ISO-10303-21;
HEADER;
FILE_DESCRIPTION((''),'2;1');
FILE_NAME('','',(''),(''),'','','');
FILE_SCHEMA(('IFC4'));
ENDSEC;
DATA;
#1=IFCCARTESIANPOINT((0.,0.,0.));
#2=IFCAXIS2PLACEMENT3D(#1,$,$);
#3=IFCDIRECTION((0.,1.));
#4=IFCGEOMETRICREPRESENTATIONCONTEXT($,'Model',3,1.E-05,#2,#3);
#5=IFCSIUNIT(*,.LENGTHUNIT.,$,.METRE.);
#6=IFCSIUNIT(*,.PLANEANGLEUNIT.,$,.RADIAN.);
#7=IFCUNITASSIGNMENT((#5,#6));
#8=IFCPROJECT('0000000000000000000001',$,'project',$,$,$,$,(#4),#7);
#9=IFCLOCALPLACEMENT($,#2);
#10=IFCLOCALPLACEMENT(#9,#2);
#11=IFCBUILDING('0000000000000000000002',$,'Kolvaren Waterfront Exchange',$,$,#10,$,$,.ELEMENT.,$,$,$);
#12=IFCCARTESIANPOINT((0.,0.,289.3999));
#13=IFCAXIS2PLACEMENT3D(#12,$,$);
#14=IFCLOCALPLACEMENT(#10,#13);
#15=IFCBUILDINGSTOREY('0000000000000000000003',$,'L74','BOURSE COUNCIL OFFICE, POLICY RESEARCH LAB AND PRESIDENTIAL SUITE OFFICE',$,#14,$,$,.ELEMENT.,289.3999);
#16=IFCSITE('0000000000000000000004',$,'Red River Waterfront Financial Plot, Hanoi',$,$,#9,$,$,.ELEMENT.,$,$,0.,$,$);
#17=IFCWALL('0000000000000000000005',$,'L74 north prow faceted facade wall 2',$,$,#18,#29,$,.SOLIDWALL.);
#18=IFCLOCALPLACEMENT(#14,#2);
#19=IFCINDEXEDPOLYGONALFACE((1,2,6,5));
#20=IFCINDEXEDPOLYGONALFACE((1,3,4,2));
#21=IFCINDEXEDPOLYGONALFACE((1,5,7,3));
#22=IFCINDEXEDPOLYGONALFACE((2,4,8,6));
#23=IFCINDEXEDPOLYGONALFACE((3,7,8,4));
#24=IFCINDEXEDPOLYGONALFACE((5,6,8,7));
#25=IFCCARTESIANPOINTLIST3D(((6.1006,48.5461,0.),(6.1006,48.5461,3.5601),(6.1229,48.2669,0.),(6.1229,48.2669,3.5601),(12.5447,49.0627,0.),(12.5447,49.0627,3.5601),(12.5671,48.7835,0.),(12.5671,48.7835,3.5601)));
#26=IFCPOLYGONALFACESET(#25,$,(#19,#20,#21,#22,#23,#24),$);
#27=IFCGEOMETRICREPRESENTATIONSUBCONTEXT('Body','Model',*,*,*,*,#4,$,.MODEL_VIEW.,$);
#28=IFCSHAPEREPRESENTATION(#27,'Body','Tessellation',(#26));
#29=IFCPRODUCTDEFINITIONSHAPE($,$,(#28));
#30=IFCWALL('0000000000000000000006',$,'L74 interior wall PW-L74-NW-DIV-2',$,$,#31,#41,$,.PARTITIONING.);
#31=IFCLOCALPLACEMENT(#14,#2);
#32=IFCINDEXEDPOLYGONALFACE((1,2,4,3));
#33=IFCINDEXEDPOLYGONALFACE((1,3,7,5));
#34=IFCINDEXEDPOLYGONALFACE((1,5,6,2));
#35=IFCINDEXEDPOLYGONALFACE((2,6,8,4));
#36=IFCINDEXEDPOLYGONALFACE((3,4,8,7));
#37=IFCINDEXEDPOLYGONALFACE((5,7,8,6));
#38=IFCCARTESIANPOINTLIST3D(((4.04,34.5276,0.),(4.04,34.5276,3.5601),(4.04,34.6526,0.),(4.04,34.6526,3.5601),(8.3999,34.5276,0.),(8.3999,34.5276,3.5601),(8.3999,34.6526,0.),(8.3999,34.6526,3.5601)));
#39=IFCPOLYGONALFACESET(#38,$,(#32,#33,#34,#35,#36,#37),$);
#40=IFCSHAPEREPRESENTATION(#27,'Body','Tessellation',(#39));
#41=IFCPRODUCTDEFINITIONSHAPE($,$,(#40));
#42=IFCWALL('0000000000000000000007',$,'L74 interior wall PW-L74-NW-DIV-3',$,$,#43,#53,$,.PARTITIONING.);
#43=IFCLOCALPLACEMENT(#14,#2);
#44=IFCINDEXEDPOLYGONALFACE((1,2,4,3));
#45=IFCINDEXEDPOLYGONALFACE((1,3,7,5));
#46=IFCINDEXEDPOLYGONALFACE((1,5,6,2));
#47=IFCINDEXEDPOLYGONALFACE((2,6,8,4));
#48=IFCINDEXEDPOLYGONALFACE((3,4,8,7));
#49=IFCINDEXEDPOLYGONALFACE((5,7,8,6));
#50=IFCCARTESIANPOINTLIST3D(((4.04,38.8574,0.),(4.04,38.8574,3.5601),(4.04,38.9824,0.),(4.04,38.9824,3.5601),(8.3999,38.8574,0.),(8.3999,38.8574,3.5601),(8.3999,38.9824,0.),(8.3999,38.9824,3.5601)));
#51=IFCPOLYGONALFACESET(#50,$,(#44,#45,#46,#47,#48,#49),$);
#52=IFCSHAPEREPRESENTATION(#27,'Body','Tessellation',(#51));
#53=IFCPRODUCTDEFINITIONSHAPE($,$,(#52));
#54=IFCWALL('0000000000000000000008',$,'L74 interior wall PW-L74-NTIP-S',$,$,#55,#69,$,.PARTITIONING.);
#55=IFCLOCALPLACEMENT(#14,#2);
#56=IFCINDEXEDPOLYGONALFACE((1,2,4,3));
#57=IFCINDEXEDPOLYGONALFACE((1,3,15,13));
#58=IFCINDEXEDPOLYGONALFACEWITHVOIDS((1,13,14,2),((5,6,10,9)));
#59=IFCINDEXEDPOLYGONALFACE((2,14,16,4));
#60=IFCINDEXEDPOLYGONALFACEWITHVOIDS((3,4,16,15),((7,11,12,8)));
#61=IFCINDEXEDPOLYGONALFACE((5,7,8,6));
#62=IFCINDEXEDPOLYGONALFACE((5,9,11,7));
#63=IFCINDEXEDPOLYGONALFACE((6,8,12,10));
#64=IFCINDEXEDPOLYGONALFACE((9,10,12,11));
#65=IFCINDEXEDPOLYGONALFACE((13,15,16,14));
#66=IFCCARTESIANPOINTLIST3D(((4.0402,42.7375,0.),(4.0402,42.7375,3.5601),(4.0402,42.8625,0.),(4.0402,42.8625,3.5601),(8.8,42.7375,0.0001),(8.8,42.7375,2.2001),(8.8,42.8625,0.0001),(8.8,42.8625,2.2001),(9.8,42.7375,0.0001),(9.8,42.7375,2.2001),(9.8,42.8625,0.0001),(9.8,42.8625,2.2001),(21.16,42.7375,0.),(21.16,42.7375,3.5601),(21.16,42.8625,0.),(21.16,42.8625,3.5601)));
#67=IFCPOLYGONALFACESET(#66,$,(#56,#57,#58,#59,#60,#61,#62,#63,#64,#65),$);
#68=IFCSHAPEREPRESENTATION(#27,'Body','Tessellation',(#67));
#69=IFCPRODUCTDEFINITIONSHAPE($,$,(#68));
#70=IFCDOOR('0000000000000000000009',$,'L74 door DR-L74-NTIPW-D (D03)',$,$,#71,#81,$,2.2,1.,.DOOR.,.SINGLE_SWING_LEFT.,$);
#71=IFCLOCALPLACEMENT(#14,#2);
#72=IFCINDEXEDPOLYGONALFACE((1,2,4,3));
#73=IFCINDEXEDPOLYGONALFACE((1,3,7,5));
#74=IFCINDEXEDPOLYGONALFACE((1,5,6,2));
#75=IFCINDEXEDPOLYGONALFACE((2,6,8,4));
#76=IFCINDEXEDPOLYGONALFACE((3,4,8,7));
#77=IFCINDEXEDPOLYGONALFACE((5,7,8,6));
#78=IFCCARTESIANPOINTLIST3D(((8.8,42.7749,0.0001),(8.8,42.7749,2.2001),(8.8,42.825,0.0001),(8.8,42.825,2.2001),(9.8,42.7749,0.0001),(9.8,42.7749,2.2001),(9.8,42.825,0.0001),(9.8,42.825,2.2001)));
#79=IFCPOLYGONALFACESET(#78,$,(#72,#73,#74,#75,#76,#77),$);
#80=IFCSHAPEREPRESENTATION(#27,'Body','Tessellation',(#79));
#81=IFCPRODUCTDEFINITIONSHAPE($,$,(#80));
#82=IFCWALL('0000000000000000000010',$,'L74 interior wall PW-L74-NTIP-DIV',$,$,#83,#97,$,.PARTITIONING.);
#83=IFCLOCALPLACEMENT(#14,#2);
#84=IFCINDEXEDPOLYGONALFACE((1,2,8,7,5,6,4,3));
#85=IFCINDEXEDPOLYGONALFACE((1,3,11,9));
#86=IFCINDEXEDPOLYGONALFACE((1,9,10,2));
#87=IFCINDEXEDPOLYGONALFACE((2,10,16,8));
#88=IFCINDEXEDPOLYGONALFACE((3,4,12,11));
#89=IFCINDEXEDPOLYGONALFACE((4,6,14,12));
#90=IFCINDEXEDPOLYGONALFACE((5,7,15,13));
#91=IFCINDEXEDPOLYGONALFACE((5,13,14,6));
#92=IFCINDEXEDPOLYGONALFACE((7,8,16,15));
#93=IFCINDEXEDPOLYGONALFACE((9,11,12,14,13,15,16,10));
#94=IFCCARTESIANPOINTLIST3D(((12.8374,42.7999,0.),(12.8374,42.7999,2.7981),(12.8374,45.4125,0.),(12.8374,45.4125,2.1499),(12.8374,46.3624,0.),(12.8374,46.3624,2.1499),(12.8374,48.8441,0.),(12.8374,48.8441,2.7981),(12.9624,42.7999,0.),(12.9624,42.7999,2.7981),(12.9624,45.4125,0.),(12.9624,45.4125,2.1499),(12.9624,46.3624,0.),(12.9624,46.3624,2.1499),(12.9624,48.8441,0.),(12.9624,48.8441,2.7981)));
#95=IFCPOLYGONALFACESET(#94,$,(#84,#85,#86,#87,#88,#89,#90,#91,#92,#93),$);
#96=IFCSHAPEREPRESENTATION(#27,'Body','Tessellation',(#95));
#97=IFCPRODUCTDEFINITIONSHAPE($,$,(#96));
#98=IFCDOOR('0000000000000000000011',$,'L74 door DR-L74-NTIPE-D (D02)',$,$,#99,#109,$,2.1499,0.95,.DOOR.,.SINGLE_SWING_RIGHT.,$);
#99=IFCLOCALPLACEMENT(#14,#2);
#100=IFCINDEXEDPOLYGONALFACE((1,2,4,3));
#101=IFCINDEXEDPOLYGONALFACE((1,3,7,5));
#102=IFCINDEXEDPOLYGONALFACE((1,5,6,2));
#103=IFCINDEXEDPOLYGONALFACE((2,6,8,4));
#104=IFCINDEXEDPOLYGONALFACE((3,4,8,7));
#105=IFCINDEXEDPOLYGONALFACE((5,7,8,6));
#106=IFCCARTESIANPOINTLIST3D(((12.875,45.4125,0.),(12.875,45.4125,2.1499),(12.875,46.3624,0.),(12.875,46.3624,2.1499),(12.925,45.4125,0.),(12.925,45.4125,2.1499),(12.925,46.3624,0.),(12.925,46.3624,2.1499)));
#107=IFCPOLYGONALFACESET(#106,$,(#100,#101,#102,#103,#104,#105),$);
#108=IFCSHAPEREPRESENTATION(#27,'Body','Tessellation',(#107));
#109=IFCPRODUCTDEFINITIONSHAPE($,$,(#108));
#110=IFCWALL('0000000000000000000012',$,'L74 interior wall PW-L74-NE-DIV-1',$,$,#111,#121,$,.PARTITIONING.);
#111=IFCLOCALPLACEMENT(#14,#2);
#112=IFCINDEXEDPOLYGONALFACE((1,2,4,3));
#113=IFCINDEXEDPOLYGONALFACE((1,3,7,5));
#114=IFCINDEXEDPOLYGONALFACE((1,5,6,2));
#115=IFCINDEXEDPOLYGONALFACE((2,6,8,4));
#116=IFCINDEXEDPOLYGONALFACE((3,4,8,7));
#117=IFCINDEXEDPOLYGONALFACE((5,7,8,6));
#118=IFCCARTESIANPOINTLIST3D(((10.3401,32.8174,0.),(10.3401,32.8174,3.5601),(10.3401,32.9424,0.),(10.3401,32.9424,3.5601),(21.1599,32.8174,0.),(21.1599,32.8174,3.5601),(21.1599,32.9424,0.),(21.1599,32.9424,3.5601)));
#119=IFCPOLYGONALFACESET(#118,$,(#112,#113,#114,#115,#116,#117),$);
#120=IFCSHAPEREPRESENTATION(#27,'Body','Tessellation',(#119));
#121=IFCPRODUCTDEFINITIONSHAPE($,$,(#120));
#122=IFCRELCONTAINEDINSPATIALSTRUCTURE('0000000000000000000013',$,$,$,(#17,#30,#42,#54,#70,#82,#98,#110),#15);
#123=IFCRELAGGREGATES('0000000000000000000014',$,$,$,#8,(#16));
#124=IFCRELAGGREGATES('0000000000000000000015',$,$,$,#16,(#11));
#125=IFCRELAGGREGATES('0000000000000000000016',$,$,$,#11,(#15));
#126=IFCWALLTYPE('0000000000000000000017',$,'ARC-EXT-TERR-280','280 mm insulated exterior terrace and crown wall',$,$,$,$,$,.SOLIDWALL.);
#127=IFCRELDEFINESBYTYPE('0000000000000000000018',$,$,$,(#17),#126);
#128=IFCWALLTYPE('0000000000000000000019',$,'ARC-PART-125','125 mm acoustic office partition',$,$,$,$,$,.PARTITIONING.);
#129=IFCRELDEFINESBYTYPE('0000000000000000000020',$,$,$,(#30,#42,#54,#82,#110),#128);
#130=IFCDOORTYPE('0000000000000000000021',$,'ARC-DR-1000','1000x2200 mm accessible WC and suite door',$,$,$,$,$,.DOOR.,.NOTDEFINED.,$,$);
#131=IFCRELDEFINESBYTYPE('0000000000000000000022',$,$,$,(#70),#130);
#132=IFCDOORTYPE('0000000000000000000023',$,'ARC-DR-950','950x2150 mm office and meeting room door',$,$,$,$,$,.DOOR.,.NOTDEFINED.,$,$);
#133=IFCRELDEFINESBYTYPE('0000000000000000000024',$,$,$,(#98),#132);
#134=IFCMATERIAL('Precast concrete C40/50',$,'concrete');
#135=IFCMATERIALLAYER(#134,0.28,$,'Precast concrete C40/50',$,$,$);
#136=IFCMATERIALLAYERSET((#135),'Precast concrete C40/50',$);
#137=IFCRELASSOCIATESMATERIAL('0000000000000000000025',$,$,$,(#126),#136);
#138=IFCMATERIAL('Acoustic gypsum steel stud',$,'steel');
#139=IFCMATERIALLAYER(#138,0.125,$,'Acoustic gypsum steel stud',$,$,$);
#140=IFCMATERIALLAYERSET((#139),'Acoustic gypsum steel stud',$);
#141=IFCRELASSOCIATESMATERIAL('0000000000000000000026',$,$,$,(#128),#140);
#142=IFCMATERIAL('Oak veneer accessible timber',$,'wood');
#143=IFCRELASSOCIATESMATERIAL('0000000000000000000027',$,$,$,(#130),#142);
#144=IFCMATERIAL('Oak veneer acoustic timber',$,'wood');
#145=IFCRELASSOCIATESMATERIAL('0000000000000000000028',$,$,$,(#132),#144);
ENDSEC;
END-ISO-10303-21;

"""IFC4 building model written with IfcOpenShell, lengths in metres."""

from ifc_helpers import new_model, si_unit, direction, frame, frame_2d, origin, place, context, subcontext, project, spatial, rectangle, extrude, material, layer, layer_set, type_object, element, fill, save


model = new_model("IFC4")

# Units and contexts
model_context = context("Model", 3, precision=1e-05, world=origin(), true_north=direction((0.0, 1.0)))
body_context = subcontext(model_context, "Body", "Model", "MODEL_VIEW")
ifc_project = project(units=[si_unit("LENGTHUNIT", "METRE"), si_unit("PLANEANGLEUNIT", "RADIAN")], contexts=[model_context])

# Site, building, storey
site_placement = place(None, origin())
site = spatial("IfcSite", under=ifc_project, at=site_placement, Name="Red River Waterfront Financial Plot, Hanoi", CompositionType="ELEMENT", RefElevation=0.0)
building_placement = place(site_placement, origin())
building = spatial("IfcBuilding", under=site, at=building_placement, Name="Kolvaren Waterfront Exchange", CompositionType="ELEMENT")
storey_placement = place(building_placement, frame((0.0, 0.0, 289.3999)))
storey = spatial("IfcBuildingStorey", under=building, at=storey_placement, Name="L74", Description="BOURSE COUNCIL OFFICE, POLICY RESEARCH LAB AND PRESIDENTIAL SUITE OFFICE", CompositionType="ELEMENT", Elevation=289.3999)

# Walls
ifc_material_1 = material(Name="Precast concrete C40/50", Category="concrete")
ifc_layer_1 = layer(ifc_material_1, 0.28, Name="Precast concrete C40/50")
ifc_layer_set_1 = layer_set([ifc_layer_1], Name="Precast concrete C40/50")
wall_type_1 = type_object("IfcWallType", Name="ARC-EXT-TERR-280", Description="280 mm insulated exterior terrace and crown wall", PredefinedType="SOLIDWALL", material=ifc_layer_set_1)
wall_1_placement = place(storey_placement, frame((12.5559, 48.9231, 0.0), z_axis=(0.0, 0.0, 1.0), x_axis=(-0.996802, -0.07991, 0.0)))
element("IfcWall", 1, at=wall_1_placement, inside=storey, type_object=wall_type_1, Name="L74 north prow faceted facade wall 2", PredefinedType="SOLIDWALL", context=body_context, shape_type="SweptSolid", body=[
    extrude(rectangle(XDim=6.4648, YDim=0.28, at=frame_2d((3.2324, 0.0))), origin(), (0.0, 0.0, 1.0), 3.5601),
])
ifc_material_2 = material(Name="Acoustic gypsum steel stud", Category="steel")
ifc_layer_2 = layer(ifc_material_2, 0.125, Name="Acoustic gypsum steel stud")
ifc_layer_set_2 = layer_set([ifc_layer_2], Name="Acoustic gypsum steel stud")
wall_type_2 = type_object("IfcWallType", Name="ARC-PART-125", Description="125 mm acoustic office partition", PredefinedType="PARTITIONING", material=ifc_layer_set_2)
for number, where, z_axis, x_axis, name in (
    (2, (4.04, 34.5901, 0.0), (0.0, 0.0, 1.0), (1.0, 0.0, 0.0), "L74 interior wall PW-L74-NW-DIV-2"),
    (3, (4.04, 38.9199, 0.0), (0.0, 0.0, 1.0), (1.0, 0.0, 0.0), "L74 interior wall PW-L74-NW-DIV-3"),
):
    element("IfcWall", number, at=place(storey_placement, frame(where, z_axis=z_axis, x_axis=x_axis)), inside=storey, type_object=wall_type_2, Name=name, PredefinedType="PARTITIONING", context=body_context, shape_type="SweptSolid", body=[
        extrude(rectangle(XDim=4.3599, YDim=0.125, at=frame_2d((2.1799, 0.0))), origin(), (0.0, 0.0, 1.0), 3.5601),
    ])

# Walls, openings, doors
wall_2_placement = place(storey_placement, frame((4.04, 42.8, 0.0), z_axis=(0.0, 0.0, 1.0), x_axis=(1.0, 0.0, 0.0)))
wall_2 = element("IfcWall", 4, at=wall_2_placement, inside=storey, type_object=wall_type_2, Name="L74 interior wall PW-L74-NTIP-S", PredefinedType="PARTITIONING", context=body_context, shape_type="SweptSolid", body=[
    extrude(rectangle(XDim=17.1199, YDim=0.125, at=frame_2d((8.5601, 0.0))), origin(), (0.0, 0.0, 1.0), 3.5601),
])
opening_1_placement = place(wall_2_placement, frame((4.76, 0.0, 0.0)))
opening_1 = element("IfcOpeningElement", 5, at=opening_1_placement, cuts=wall_2, PredefinedType="OPENING", context=body_context, shape_type="SweptSolid", body=[
    extrude(rectangle(XDim=1.0, YDim=2.2, at=frame_2d((0.5, 1.1001))), frame((0.0, 0.0725, 0.0), z_axis=(0.0, -1.0, 0.0), x_axis=(1.0, 0.0, 0.0)), (0.0, 0.0, 1.0), 0.145),
])
ifc_material_3 = material(Name="Oak veneer accessible timber", Category="wood")
door_type_1 = type_object("IfcDoorType", Name="ARC-DR-1000", Description="1000x2200 mm accessible WC and suite door", OperationType="NOTDEFINED", PredefinedType="DOOR", material=ifc_material_3)
door_1_placement = place(opening_1_placement, origin())
door_1 = element("IfcDoor", 6, at=door_1_placement, inside=storey, type_object=door_type_1, Name="L74 door DR-L74-NTIPW-D (D03)", OperationType="SINGLE_SWING_LEFT", OverallHeight=2.2, OverallWidth=1.0, PredefinedType="DOOR", context=body_context, shape_type="SweptSolid", body=[
    extrude(rectangle(XDim=1.0, YDim=2.2, at=frame_2d((0.5, 1.1001))), frame((0.0, 0.0249, 0.0), z_axis=(0.0, -1.0, 0.0), x_axis=(1.0, 0.0, 0.0)), (0.0, 0.0, 1.0), 0.05),
])
fill(opening_1, door_1)
wall_3_placement = place(storey_placement, frame((12.8999, 42.8, 0.0), z_axis=(0.0, 0.0, 1.0), x_axis=(0.0, 1.0, 0.0)))
wall_3 = element("IfcWall", 7, at=wall_3_placement, inside=storey, type_object=wall_type_2, Name="L74 interior wall PW-L74-NTIP-DIV", PredefinedType="PARTITIONING", context=body_context, shape_type="SweptSolid", body=[
    extrude(rectangle(XDim=6.0442, YDim=0.125, at=frame_2d((3.022, 0.0))), origin(), (0.0, 0.0, 1.0), 2.7981),
])
opening_2_placement = place(wall_3_placement, frame((2.6123, 0.0, 0.0)))
opening_2 = element("IfcOpeningElement", 8, at=opening_2_placement, cuts=wall_3, PredefinedType="OPENING", context=body_context, shape_type="SweptSolid", body=[
    extrude(rectangle(XDim=0.95, YDim=2.1499, at=frame_2d((0.4751, 1.075))), frame((0.0, 0.0725, 0.0), z_axis=(0.0, -1.0, 0.0), x_axis=(1.0, 0.0, 0.0)), (0.0, 0.0, 1.0), 0.145),
])
ifc_material_4 = material(Name="Oak veneer acoustic timber", Category="wood")
door_type_2 = type_object("IfcDoorType", Name="ARC-DR-950", Description="950x2150 mm office and meeting room door", OperationType="NOTDEFINED", PredefinedType="DOOR", material=ifc_material_4)
door_2_placement = place(opening_2_placement, origin())
door_2 = element("IfcDoor", 9, at=door_2_placement, inside=storey, type_object=door_type_2, Name="L74 door DR-L74-NTIPE-D (D02)", OperationType="SINGLE_SWING_RIGHT", OverallHeight=2.1499, OverallWidth=0.95, PredefinedType="DOOR", context=body_context, shape_type="SweptSolid", body=[
    extrude(rectangle(XDim=0.95, YDim=2.1499, at=frame_2d((0.4751, 1.075))), frame((0.0, 0.0249, 0.0), z_axis=(0.0, -1.0, 0.0), x_axis=(1.0, 0.0, 0.0)), (0.0, 0.0, 1.0), 0.05),
])
fill(opening_2, door_2)

# Wall
wall_4_placement = place(storey_placement, frame((10.3401, 32.8799, 0.0), z_axis=(0.0, 0.0, 1.0), x_axis=(1.0, 0.0, 0.0)))
element("IfcWall", 10, at=wall_4_placement, inside=storey, type_object=wall_type_2, Name="L74 interior wall PW-L74-NE-DIV-1", PredefinedType="PARTITIONING", context=body_context, shape_type="SweptSolid", body=[
    extrude(rectangle(XDim=10.8198, YDim=0.125, at=frame_2d((5.4099, 0.0))), origin(), (0.0, 0.0, 1.0), 3.5601),
])

save(model, "model.ifc")
